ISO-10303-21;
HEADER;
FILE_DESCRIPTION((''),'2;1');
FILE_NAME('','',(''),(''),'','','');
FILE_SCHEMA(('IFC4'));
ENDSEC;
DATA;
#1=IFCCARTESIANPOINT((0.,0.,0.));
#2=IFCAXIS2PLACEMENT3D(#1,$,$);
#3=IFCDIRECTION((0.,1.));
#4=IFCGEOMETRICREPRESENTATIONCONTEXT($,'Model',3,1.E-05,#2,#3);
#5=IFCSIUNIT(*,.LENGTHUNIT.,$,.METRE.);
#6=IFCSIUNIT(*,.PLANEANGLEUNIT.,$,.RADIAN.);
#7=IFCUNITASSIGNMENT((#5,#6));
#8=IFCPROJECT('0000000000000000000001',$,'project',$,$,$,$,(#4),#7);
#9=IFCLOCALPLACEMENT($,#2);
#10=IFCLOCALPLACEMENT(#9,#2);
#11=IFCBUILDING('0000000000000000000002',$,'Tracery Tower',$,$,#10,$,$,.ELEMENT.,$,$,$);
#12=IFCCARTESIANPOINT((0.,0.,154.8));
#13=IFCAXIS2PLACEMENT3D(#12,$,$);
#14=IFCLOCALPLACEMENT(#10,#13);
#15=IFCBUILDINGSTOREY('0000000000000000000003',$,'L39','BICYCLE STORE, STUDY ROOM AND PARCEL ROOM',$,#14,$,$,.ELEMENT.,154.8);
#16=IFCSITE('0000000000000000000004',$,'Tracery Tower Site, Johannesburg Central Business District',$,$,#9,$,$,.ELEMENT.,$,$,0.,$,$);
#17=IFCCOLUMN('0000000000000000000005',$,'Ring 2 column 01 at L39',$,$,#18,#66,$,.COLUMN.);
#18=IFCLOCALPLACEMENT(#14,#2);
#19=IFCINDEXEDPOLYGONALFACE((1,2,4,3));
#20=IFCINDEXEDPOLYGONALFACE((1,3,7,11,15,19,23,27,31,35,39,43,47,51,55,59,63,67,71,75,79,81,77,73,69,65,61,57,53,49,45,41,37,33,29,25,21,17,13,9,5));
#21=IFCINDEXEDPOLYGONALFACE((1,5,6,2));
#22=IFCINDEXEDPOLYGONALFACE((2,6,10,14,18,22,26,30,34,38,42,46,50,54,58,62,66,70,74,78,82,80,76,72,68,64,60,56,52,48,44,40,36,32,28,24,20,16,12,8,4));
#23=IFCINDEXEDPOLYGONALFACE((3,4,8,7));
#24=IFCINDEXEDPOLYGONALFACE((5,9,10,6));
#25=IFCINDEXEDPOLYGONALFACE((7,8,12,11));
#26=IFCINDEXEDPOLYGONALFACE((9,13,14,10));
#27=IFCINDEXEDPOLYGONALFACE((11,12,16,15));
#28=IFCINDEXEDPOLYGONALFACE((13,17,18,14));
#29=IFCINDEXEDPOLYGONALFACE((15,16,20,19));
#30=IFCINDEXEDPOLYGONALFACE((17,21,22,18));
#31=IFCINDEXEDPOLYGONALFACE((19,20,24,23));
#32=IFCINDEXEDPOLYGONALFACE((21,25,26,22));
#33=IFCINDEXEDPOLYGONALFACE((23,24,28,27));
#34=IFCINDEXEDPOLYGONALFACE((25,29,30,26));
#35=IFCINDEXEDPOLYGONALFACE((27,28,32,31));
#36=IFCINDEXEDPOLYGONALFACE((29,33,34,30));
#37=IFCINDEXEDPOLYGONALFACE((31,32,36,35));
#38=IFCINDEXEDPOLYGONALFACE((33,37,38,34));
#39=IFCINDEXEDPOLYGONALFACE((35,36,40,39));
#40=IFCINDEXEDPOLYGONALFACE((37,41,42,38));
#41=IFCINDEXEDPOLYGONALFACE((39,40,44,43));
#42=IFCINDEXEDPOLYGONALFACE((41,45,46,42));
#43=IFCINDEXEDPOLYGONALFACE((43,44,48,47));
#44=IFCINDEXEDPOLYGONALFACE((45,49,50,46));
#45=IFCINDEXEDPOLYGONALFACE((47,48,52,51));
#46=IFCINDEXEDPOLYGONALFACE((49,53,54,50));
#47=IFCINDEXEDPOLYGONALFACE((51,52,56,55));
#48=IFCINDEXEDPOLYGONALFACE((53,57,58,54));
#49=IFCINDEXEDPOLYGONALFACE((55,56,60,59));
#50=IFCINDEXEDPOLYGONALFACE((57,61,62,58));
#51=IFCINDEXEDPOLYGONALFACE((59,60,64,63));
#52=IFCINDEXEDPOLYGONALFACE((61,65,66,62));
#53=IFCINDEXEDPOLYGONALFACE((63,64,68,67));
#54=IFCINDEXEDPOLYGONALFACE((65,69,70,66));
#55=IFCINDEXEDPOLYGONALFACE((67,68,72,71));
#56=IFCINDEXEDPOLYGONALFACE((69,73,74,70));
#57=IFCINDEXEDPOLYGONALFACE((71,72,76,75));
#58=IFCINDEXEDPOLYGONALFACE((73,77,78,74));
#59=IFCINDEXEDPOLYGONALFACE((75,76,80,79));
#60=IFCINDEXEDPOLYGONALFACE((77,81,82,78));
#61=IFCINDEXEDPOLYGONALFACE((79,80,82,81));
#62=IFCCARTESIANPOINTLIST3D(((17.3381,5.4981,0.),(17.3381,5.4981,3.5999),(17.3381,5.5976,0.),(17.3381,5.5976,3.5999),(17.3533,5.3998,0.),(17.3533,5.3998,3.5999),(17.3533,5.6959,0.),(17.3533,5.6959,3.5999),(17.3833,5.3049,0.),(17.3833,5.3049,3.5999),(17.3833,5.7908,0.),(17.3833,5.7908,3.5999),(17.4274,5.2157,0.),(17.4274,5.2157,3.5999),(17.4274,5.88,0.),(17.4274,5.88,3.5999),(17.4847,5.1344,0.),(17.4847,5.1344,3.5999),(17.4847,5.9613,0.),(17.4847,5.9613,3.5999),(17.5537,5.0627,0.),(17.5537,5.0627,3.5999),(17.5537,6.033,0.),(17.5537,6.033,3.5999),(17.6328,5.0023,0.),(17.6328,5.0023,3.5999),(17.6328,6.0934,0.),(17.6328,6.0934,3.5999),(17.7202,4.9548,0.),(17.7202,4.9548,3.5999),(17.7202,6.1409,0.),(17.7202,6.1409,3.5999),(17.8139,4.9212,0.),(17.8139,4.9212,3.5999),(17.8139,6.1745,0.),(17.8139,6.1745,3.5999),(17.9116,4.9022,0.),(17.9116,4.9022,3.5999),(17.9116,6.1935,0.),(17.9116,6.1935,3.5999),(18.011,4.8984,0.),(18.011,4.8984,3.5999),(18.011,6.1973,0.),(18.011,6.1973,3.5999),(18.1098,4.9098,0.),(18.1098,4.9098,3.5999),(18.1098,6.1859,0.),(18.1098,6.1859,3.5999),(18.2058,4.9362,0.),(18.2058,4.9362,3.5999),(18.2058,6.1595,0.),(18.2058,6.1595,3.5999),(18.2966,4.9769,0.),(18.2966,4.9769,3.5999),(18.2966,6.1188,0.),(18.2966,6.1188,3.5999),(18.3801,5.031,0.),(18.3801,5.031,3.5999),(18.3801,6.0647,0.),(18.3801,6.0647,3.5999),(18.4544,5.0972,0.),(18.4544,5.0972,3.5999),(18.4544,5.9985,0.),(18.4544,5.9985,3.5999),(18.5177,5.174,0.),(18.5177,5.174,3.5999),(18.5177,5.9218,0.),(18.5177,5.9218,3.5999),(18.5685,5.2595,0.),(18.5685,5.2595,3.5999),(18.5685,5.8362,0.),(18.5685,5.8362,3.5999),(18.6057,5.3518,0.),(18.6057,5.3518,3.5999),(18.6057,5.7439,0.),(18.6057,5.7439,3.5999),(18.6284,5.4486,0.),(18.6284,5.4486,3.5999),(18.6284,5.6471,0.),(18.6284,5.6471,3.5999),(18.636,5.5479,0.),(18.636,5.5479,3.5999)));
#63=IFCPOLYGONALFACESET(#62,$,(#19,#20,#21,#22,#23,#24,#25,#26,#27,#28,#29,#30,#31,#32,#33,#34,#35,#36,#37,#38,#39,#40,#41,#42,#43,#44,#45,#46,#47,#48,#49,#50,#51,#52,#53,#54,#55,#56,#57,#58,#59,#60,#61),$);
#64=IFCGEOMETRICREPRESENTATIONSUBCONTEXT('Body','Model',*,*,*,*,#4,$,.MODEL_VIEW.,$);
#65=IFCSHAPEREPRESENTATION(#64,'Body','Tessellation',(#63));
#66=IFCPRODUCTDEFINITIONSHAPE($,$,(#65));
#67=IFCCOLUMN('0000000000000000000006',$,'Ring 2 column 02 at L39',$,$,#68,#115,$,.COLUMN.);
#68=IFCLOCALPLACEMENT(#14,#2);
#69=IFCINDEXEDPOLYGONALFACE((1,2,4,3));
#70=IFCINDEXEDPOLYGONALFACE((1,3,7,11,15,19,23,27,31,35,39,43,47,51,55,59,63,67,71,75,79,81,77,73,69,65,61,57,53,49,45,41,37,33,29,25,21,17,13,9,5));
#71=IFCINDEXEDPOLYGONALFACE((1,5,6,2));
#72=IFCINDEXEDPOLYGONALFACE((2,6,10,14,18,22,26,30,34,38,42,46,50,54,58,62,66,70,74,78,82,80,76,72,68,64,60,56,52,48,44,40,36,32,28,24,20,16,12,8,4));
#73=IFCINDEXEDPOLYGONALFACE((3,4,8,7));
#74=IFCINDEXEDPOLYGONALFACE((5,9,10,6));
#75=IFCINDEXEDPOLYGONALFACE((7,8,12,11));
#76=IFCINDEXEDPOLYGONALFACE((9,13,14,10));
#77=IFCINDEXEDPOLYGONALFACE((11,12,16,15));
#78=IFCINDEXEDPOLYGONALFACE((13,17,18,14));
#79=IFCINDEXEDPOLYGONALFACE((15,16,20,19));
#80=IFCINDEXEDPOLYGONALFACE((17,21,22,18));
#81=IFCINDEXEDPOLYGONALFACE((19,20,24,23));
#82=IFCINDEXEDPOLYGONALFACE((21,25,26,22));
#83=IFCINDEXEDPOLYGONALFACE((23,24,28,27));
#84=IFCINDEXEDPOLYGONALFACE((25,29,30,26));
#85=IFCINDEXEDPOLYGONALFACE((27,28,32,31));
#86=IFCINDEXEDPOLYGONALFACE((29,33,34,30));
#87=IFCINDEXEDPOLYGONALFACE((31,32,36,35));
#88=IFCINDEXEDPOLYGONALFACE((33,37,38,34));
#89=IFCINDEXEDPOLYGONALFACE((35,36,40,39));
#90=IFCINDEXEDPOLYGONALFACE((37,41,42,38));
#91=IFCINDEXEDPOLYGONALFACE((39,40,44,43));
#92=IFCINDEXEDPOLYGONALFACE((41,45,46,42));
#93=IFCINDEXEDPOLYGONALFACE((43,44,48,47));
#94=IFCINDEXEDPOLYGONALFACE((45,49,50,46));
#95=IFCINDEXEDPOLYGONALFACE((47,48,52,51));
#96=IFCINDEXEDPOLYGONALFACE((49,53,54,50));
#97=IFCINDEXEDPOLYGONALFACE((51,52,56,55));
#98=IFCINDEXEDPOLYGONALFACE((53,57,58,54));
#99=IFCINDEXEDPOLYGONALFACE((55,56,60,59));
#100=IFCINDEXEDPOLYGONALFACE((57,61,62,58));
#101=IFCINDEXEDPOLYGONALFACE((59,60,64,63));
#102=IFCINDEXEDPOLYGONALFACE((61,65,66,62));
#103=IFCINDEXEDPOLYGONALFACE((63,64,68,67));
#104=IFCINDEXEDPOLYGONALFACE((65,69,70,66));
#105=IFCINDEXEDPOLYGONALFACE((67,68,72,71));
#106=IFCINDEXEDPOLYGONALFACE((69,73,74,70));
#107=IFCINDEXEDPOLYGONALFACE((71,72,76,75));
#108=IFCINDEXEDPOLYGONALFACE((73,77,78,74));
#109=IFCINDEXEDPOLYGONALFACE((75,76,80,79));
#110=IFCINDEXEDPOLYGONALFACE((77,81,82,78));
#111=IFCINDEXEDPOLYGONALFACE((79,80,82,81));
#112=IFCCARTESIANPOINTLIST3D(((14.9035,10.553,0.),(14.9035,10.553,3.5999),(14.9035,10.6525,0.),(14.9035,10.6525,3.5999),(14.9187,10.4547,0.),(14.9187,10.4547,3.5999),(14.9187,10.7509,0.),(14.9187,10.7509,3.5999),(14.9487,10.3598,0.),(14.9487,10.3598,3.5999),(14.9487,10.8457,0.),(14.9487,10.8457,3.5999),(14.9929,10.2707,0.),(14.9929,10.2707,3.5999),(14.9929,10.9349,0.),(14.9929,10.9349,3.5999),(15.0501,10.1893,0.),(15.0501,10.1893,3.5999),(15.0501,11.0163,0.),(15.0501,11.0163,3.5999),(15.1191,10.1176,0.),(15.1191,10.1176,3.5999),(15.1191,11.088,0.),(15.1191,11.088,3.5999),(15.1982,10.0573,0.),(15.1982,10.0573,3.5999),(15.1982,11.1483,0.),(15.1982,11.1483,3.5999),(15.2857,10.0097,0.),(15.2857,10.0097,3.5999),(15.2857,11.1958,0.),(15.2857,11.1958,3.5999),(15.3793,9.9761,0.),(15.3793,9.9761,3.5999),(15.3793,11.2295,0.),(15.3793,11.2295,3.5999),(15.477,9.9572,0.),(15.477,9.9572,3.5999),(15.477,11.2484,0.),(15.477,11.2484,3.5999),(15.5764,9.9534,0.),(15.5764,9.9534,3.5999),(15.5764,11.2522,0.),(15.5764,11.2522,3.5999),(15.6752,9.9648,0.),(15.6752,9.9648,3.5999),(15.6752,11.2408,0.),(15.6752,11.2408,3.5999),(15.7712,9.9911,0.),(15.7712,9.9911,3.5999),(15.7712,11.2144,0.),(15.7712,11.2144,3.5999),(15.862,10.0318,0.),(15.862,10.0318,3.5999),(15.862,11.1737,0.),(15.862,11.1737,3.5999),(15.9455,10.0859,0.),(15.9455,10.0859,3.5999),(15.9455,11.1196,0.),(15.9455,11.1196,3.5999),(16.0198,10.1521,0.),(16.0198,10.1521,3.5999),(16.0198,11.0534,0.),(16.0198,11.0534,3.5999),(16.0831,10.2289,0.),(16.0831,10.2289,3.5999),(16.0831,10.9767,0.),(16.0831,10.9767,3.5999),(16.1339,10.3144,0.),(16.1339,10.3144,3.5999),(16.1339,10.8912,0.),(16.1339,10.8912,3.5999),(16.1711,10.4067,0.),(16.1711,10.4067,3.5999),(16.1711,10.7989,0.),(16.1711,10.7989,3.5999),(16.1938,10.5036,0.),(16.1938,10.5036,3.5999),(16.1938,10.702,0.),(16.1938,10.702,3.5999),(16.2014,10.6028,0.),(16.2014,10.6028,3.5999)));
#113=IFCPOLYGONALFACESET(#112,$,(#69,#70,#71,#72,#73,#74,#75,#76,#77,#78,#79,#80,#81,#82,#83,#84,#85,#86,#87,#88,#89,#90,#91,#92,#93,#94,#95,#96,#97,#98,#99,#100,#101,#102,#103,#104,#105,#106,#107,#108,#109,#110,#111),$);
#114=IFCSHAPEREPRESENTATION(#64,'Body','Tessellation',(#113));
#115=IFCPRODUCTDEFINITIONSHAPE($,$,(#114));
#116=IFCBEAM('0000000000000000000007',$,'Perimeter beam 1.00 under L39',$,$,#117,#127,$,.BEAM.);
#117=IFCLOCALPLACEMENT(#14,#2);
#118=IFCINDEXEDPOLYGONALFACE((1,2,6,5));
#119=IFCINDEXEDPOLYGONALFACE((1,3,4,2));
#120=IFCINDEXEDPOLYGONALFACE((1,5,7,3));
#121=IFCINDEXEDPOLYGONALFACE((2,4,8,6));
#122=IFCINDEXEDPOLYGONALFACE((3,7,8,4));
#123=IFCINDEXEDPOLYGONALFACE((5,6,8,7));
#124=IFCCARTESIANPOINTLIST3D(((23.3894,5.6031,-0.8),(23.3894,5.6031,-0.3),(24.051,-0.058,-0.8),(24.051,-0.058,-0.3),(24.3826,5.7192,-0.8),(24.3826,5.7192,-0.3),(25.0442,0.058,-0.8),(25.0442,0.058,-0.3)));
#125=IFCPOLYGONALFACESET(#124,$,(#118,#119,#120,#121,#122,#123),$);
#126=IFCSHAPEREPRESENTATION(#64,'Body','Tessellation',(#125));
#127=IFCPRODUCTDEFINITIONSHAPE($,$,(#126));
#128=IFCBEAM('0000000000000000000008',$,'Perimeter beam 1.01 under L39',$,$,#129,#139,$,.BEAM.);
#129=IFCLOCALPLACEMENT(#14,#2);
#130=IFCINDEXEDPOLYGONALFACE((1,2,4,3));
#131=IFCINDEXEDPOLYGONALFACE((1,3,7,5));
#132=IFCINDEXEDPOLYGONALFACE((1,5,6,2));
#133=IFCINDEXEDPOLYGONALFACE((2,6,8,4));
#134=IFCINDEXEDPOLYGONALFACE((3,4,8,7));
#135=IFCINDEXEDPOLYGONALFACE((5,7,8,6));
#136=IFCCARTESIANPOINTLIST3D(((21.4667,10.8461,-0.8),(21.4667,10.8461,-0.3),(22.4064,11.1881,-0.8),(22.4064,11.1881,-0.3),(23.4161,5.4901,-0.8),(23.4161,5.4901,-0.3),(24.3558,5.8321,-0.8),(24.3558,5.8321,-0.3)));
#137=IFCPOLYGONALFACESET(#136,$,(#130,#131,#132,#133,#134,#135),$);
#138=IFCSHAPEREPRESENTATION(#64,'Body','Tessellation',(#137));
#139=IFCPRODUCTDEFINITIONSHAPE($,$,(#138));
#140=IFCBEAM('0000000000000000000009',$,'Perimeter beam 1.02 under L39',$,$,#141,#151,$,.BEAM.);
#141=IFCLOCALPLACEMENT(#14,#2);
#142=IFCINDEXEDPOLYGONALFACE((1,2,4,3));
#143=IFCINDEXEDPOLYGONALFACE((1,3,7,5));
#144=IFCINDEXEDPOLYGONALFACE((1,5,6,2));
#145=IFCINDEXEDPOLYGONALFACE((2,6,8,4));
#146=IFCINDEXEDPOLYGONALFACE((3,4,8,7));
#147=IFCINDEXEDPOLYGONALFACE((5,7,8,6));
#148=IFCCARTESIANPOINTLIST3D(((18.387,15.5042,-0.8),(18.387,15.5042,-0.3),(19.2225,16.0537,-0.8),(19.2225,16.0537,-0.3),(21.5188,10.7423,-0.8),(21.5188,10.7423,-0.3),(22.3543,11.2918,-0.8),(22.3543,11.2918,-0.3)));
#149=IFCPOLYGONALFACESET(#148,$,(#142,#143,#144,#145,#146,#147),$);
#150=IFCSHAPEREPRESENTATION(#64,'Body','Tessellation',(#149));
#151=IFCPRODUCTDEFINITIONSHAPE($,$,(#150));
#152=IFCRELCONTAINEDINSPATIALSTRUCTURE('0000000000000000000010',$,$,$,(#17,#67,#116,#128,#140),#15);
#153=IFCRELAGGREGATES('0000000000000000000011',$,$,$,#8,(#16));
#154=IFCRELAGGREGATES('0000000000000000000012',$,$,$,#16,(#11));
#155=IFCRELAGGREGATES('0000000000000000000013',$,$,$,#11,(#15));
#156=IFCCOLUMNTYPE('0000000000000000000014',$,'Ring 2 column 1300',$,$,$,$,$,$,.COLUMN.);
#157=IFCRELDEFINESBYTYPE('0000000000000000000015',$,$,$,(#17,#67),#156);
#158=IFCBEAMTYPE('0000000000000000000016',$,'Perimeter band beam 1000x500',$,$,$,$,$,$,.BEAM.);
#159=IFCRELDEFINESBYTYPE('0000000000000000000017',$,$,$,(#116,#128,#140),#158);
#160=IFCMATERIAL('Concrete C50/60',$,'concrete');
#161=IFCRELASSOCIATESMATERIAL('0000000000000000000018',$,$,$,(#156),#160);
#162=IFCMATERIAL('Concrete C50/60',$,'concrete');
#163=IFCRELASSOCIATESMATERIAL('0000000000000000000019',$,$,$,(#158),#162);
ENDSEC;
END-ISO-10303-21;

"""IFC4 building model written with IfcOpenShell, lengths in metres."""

from ifc_helpers import new_model, si_unit, direction, frame, origin, origin_2d, place, context, subcontext, project, spatial, rectangle, circle, extrude, material, material_profile, profile_set, type_object, element, save


model = new_model("IFC4")

# Units and contexts
model_context = context("Model", 3, precision=1e-05, world=origin(), true_north=direction((0.0, 1.0)))
body_context = subcontext(model_context, "Body", "Model", "MODEL_VIEW")
ifc_project = project(units=[si_unit("LENGTHUNIT", "METRE"), si_unit("PLANEANGLEUNIT", "RADIAN")], contexts=[model_context])

# Site, building, storey
site_placement = place(None, origin())
site = spatial("IfcSite", under=ifc_project, at=site_placement, Name="Tracery Tower Site, Johannesburg Central Business District", CompositionType="ELEMENT", RefElevation=0.0)
building_placement = place(site_placement, origin())
building = spatial("IfcBuilding", under=site, at=building_placement, Name="Tracery Tower", CompositionType="ELEMENT")
storey_placement = place(building_placement, frame((0.0, 0.0, 154.8)))
storey = spatial("IfcBuildingStorey", under=building, at=storey_placement, Name="L39", Description="BICYCLE STORE, STUDY ROOM AND PARCEL ROOM", CompositionType="ELEMENT", Elevation=154.8)

# Columns
ifc_material_1 = material(Name="Concrete C50/60", Category="concrete")
ifc_material_profile_1 = material_profile(ifc_material_1, circle(Radius=0.6499, at=origin_2d()), Name="RC D1300")
ifc_profile_set_1 = profile_set([ifc_material_profile_1], Name="Concrete C50/60")
column_type_1 = type_object("IfcColumnType", Name="Ring 2 column 1300", PredefinedType="COLUMN", material=ifc_profile_set_1)
for number, where, z_axis, x_axis, name in (
    (1, (17.9861, 5.5479, 0.0), (0.0, 0.0, 1.0), (1.0, 0.0, 0.0), "Ring 2 column 01 at L39"),
    (2, (15.5515, 10.6028, 0.0), (0.0, 0.0, 1.0), (1.0, 0.0, 0.0), "Ring 2 column 02 at L39"),
):
    element("IfcColumn", number, at=place(storey_placement, frame(where, z_axis=z_axis, x_axis=x_axis)), inside=storey, type_object=column_type_1, Name=name, PredefinedType="COLUMN", context=body_context, shape_type="SweptSolid", body=[
        extrude(circle(Radius=0.6499, at=origin_2d()), origin(), (0.0, 0.0, 1.0), 3.5999),
    ])

# Beams
ifc_material_2 = material(Name="Concrete C50/60", Category="concrete")
ifc_material_profile_2 = material_profile(ifc_material_2, rectangle(XDim=1.0, YDim=0.5, at=origin_2d()), Name="RC 1000x500")
ifc_profile_set_2 = profile_set([ifc_material_profile_2], Name="Concrete C50/60")
beam_type = type_object("IfcBeamType", Name="Perimeter band beam 1000x500", PredefinedType="BEAM", material=ifc_profile_set_2)
for number, where, z_axis, x_axis, name in (
    (3, (24.5476, 0.0, -0.55), (-0.116081, 0.99324, 0.0), (-0.99324, -0.116081, 0.0), "Perimeter beam 1.00 under L39"),
    (4, (23.886, 5.6611, -0.55), (-0.342029, 0.93969, 0.0), (-0.93969, -0.342029, 0.0), "Perimeter beam 1.01 under L39"),
):
    element("IfcBeam", number, at=place(storey_placement, frame(where, z_axis=z_axis, x_axis=x_axis)), inside=storey, type_object=beam_type, Name=name, PredefinedType="BEAM", context=body_context, shape_type="SweptSolid", body=[
        extrude(rectangle(XDim=1.0, YDim=0.5, at=origin_2d()), origin(), (0.0, 0.0, 1.0), 5.6997),
    ])
beam_placement = place(storey_placement, frame((21.9365, 11.0171, -0.55), z_axis=(-0.54949, 0.8355, 0.0), x_axis=(-0.8355, -0.54949, 0.0)))
element("IfcBeam", 5, at=beam_placement, inside=storey, type_object=beam_type, Name="Perimeter beam 1.02 under L39", PredefinedType="BEAM", context=body_context, shape_type="SweptSolid", body=[
    extrude(rectangle(XDim=1.0, YDim=0.5, at=origin_2d()), origin(), (0.0, 0.0, 1.0), 5.6995),
])

save(model, "model.ifc")
